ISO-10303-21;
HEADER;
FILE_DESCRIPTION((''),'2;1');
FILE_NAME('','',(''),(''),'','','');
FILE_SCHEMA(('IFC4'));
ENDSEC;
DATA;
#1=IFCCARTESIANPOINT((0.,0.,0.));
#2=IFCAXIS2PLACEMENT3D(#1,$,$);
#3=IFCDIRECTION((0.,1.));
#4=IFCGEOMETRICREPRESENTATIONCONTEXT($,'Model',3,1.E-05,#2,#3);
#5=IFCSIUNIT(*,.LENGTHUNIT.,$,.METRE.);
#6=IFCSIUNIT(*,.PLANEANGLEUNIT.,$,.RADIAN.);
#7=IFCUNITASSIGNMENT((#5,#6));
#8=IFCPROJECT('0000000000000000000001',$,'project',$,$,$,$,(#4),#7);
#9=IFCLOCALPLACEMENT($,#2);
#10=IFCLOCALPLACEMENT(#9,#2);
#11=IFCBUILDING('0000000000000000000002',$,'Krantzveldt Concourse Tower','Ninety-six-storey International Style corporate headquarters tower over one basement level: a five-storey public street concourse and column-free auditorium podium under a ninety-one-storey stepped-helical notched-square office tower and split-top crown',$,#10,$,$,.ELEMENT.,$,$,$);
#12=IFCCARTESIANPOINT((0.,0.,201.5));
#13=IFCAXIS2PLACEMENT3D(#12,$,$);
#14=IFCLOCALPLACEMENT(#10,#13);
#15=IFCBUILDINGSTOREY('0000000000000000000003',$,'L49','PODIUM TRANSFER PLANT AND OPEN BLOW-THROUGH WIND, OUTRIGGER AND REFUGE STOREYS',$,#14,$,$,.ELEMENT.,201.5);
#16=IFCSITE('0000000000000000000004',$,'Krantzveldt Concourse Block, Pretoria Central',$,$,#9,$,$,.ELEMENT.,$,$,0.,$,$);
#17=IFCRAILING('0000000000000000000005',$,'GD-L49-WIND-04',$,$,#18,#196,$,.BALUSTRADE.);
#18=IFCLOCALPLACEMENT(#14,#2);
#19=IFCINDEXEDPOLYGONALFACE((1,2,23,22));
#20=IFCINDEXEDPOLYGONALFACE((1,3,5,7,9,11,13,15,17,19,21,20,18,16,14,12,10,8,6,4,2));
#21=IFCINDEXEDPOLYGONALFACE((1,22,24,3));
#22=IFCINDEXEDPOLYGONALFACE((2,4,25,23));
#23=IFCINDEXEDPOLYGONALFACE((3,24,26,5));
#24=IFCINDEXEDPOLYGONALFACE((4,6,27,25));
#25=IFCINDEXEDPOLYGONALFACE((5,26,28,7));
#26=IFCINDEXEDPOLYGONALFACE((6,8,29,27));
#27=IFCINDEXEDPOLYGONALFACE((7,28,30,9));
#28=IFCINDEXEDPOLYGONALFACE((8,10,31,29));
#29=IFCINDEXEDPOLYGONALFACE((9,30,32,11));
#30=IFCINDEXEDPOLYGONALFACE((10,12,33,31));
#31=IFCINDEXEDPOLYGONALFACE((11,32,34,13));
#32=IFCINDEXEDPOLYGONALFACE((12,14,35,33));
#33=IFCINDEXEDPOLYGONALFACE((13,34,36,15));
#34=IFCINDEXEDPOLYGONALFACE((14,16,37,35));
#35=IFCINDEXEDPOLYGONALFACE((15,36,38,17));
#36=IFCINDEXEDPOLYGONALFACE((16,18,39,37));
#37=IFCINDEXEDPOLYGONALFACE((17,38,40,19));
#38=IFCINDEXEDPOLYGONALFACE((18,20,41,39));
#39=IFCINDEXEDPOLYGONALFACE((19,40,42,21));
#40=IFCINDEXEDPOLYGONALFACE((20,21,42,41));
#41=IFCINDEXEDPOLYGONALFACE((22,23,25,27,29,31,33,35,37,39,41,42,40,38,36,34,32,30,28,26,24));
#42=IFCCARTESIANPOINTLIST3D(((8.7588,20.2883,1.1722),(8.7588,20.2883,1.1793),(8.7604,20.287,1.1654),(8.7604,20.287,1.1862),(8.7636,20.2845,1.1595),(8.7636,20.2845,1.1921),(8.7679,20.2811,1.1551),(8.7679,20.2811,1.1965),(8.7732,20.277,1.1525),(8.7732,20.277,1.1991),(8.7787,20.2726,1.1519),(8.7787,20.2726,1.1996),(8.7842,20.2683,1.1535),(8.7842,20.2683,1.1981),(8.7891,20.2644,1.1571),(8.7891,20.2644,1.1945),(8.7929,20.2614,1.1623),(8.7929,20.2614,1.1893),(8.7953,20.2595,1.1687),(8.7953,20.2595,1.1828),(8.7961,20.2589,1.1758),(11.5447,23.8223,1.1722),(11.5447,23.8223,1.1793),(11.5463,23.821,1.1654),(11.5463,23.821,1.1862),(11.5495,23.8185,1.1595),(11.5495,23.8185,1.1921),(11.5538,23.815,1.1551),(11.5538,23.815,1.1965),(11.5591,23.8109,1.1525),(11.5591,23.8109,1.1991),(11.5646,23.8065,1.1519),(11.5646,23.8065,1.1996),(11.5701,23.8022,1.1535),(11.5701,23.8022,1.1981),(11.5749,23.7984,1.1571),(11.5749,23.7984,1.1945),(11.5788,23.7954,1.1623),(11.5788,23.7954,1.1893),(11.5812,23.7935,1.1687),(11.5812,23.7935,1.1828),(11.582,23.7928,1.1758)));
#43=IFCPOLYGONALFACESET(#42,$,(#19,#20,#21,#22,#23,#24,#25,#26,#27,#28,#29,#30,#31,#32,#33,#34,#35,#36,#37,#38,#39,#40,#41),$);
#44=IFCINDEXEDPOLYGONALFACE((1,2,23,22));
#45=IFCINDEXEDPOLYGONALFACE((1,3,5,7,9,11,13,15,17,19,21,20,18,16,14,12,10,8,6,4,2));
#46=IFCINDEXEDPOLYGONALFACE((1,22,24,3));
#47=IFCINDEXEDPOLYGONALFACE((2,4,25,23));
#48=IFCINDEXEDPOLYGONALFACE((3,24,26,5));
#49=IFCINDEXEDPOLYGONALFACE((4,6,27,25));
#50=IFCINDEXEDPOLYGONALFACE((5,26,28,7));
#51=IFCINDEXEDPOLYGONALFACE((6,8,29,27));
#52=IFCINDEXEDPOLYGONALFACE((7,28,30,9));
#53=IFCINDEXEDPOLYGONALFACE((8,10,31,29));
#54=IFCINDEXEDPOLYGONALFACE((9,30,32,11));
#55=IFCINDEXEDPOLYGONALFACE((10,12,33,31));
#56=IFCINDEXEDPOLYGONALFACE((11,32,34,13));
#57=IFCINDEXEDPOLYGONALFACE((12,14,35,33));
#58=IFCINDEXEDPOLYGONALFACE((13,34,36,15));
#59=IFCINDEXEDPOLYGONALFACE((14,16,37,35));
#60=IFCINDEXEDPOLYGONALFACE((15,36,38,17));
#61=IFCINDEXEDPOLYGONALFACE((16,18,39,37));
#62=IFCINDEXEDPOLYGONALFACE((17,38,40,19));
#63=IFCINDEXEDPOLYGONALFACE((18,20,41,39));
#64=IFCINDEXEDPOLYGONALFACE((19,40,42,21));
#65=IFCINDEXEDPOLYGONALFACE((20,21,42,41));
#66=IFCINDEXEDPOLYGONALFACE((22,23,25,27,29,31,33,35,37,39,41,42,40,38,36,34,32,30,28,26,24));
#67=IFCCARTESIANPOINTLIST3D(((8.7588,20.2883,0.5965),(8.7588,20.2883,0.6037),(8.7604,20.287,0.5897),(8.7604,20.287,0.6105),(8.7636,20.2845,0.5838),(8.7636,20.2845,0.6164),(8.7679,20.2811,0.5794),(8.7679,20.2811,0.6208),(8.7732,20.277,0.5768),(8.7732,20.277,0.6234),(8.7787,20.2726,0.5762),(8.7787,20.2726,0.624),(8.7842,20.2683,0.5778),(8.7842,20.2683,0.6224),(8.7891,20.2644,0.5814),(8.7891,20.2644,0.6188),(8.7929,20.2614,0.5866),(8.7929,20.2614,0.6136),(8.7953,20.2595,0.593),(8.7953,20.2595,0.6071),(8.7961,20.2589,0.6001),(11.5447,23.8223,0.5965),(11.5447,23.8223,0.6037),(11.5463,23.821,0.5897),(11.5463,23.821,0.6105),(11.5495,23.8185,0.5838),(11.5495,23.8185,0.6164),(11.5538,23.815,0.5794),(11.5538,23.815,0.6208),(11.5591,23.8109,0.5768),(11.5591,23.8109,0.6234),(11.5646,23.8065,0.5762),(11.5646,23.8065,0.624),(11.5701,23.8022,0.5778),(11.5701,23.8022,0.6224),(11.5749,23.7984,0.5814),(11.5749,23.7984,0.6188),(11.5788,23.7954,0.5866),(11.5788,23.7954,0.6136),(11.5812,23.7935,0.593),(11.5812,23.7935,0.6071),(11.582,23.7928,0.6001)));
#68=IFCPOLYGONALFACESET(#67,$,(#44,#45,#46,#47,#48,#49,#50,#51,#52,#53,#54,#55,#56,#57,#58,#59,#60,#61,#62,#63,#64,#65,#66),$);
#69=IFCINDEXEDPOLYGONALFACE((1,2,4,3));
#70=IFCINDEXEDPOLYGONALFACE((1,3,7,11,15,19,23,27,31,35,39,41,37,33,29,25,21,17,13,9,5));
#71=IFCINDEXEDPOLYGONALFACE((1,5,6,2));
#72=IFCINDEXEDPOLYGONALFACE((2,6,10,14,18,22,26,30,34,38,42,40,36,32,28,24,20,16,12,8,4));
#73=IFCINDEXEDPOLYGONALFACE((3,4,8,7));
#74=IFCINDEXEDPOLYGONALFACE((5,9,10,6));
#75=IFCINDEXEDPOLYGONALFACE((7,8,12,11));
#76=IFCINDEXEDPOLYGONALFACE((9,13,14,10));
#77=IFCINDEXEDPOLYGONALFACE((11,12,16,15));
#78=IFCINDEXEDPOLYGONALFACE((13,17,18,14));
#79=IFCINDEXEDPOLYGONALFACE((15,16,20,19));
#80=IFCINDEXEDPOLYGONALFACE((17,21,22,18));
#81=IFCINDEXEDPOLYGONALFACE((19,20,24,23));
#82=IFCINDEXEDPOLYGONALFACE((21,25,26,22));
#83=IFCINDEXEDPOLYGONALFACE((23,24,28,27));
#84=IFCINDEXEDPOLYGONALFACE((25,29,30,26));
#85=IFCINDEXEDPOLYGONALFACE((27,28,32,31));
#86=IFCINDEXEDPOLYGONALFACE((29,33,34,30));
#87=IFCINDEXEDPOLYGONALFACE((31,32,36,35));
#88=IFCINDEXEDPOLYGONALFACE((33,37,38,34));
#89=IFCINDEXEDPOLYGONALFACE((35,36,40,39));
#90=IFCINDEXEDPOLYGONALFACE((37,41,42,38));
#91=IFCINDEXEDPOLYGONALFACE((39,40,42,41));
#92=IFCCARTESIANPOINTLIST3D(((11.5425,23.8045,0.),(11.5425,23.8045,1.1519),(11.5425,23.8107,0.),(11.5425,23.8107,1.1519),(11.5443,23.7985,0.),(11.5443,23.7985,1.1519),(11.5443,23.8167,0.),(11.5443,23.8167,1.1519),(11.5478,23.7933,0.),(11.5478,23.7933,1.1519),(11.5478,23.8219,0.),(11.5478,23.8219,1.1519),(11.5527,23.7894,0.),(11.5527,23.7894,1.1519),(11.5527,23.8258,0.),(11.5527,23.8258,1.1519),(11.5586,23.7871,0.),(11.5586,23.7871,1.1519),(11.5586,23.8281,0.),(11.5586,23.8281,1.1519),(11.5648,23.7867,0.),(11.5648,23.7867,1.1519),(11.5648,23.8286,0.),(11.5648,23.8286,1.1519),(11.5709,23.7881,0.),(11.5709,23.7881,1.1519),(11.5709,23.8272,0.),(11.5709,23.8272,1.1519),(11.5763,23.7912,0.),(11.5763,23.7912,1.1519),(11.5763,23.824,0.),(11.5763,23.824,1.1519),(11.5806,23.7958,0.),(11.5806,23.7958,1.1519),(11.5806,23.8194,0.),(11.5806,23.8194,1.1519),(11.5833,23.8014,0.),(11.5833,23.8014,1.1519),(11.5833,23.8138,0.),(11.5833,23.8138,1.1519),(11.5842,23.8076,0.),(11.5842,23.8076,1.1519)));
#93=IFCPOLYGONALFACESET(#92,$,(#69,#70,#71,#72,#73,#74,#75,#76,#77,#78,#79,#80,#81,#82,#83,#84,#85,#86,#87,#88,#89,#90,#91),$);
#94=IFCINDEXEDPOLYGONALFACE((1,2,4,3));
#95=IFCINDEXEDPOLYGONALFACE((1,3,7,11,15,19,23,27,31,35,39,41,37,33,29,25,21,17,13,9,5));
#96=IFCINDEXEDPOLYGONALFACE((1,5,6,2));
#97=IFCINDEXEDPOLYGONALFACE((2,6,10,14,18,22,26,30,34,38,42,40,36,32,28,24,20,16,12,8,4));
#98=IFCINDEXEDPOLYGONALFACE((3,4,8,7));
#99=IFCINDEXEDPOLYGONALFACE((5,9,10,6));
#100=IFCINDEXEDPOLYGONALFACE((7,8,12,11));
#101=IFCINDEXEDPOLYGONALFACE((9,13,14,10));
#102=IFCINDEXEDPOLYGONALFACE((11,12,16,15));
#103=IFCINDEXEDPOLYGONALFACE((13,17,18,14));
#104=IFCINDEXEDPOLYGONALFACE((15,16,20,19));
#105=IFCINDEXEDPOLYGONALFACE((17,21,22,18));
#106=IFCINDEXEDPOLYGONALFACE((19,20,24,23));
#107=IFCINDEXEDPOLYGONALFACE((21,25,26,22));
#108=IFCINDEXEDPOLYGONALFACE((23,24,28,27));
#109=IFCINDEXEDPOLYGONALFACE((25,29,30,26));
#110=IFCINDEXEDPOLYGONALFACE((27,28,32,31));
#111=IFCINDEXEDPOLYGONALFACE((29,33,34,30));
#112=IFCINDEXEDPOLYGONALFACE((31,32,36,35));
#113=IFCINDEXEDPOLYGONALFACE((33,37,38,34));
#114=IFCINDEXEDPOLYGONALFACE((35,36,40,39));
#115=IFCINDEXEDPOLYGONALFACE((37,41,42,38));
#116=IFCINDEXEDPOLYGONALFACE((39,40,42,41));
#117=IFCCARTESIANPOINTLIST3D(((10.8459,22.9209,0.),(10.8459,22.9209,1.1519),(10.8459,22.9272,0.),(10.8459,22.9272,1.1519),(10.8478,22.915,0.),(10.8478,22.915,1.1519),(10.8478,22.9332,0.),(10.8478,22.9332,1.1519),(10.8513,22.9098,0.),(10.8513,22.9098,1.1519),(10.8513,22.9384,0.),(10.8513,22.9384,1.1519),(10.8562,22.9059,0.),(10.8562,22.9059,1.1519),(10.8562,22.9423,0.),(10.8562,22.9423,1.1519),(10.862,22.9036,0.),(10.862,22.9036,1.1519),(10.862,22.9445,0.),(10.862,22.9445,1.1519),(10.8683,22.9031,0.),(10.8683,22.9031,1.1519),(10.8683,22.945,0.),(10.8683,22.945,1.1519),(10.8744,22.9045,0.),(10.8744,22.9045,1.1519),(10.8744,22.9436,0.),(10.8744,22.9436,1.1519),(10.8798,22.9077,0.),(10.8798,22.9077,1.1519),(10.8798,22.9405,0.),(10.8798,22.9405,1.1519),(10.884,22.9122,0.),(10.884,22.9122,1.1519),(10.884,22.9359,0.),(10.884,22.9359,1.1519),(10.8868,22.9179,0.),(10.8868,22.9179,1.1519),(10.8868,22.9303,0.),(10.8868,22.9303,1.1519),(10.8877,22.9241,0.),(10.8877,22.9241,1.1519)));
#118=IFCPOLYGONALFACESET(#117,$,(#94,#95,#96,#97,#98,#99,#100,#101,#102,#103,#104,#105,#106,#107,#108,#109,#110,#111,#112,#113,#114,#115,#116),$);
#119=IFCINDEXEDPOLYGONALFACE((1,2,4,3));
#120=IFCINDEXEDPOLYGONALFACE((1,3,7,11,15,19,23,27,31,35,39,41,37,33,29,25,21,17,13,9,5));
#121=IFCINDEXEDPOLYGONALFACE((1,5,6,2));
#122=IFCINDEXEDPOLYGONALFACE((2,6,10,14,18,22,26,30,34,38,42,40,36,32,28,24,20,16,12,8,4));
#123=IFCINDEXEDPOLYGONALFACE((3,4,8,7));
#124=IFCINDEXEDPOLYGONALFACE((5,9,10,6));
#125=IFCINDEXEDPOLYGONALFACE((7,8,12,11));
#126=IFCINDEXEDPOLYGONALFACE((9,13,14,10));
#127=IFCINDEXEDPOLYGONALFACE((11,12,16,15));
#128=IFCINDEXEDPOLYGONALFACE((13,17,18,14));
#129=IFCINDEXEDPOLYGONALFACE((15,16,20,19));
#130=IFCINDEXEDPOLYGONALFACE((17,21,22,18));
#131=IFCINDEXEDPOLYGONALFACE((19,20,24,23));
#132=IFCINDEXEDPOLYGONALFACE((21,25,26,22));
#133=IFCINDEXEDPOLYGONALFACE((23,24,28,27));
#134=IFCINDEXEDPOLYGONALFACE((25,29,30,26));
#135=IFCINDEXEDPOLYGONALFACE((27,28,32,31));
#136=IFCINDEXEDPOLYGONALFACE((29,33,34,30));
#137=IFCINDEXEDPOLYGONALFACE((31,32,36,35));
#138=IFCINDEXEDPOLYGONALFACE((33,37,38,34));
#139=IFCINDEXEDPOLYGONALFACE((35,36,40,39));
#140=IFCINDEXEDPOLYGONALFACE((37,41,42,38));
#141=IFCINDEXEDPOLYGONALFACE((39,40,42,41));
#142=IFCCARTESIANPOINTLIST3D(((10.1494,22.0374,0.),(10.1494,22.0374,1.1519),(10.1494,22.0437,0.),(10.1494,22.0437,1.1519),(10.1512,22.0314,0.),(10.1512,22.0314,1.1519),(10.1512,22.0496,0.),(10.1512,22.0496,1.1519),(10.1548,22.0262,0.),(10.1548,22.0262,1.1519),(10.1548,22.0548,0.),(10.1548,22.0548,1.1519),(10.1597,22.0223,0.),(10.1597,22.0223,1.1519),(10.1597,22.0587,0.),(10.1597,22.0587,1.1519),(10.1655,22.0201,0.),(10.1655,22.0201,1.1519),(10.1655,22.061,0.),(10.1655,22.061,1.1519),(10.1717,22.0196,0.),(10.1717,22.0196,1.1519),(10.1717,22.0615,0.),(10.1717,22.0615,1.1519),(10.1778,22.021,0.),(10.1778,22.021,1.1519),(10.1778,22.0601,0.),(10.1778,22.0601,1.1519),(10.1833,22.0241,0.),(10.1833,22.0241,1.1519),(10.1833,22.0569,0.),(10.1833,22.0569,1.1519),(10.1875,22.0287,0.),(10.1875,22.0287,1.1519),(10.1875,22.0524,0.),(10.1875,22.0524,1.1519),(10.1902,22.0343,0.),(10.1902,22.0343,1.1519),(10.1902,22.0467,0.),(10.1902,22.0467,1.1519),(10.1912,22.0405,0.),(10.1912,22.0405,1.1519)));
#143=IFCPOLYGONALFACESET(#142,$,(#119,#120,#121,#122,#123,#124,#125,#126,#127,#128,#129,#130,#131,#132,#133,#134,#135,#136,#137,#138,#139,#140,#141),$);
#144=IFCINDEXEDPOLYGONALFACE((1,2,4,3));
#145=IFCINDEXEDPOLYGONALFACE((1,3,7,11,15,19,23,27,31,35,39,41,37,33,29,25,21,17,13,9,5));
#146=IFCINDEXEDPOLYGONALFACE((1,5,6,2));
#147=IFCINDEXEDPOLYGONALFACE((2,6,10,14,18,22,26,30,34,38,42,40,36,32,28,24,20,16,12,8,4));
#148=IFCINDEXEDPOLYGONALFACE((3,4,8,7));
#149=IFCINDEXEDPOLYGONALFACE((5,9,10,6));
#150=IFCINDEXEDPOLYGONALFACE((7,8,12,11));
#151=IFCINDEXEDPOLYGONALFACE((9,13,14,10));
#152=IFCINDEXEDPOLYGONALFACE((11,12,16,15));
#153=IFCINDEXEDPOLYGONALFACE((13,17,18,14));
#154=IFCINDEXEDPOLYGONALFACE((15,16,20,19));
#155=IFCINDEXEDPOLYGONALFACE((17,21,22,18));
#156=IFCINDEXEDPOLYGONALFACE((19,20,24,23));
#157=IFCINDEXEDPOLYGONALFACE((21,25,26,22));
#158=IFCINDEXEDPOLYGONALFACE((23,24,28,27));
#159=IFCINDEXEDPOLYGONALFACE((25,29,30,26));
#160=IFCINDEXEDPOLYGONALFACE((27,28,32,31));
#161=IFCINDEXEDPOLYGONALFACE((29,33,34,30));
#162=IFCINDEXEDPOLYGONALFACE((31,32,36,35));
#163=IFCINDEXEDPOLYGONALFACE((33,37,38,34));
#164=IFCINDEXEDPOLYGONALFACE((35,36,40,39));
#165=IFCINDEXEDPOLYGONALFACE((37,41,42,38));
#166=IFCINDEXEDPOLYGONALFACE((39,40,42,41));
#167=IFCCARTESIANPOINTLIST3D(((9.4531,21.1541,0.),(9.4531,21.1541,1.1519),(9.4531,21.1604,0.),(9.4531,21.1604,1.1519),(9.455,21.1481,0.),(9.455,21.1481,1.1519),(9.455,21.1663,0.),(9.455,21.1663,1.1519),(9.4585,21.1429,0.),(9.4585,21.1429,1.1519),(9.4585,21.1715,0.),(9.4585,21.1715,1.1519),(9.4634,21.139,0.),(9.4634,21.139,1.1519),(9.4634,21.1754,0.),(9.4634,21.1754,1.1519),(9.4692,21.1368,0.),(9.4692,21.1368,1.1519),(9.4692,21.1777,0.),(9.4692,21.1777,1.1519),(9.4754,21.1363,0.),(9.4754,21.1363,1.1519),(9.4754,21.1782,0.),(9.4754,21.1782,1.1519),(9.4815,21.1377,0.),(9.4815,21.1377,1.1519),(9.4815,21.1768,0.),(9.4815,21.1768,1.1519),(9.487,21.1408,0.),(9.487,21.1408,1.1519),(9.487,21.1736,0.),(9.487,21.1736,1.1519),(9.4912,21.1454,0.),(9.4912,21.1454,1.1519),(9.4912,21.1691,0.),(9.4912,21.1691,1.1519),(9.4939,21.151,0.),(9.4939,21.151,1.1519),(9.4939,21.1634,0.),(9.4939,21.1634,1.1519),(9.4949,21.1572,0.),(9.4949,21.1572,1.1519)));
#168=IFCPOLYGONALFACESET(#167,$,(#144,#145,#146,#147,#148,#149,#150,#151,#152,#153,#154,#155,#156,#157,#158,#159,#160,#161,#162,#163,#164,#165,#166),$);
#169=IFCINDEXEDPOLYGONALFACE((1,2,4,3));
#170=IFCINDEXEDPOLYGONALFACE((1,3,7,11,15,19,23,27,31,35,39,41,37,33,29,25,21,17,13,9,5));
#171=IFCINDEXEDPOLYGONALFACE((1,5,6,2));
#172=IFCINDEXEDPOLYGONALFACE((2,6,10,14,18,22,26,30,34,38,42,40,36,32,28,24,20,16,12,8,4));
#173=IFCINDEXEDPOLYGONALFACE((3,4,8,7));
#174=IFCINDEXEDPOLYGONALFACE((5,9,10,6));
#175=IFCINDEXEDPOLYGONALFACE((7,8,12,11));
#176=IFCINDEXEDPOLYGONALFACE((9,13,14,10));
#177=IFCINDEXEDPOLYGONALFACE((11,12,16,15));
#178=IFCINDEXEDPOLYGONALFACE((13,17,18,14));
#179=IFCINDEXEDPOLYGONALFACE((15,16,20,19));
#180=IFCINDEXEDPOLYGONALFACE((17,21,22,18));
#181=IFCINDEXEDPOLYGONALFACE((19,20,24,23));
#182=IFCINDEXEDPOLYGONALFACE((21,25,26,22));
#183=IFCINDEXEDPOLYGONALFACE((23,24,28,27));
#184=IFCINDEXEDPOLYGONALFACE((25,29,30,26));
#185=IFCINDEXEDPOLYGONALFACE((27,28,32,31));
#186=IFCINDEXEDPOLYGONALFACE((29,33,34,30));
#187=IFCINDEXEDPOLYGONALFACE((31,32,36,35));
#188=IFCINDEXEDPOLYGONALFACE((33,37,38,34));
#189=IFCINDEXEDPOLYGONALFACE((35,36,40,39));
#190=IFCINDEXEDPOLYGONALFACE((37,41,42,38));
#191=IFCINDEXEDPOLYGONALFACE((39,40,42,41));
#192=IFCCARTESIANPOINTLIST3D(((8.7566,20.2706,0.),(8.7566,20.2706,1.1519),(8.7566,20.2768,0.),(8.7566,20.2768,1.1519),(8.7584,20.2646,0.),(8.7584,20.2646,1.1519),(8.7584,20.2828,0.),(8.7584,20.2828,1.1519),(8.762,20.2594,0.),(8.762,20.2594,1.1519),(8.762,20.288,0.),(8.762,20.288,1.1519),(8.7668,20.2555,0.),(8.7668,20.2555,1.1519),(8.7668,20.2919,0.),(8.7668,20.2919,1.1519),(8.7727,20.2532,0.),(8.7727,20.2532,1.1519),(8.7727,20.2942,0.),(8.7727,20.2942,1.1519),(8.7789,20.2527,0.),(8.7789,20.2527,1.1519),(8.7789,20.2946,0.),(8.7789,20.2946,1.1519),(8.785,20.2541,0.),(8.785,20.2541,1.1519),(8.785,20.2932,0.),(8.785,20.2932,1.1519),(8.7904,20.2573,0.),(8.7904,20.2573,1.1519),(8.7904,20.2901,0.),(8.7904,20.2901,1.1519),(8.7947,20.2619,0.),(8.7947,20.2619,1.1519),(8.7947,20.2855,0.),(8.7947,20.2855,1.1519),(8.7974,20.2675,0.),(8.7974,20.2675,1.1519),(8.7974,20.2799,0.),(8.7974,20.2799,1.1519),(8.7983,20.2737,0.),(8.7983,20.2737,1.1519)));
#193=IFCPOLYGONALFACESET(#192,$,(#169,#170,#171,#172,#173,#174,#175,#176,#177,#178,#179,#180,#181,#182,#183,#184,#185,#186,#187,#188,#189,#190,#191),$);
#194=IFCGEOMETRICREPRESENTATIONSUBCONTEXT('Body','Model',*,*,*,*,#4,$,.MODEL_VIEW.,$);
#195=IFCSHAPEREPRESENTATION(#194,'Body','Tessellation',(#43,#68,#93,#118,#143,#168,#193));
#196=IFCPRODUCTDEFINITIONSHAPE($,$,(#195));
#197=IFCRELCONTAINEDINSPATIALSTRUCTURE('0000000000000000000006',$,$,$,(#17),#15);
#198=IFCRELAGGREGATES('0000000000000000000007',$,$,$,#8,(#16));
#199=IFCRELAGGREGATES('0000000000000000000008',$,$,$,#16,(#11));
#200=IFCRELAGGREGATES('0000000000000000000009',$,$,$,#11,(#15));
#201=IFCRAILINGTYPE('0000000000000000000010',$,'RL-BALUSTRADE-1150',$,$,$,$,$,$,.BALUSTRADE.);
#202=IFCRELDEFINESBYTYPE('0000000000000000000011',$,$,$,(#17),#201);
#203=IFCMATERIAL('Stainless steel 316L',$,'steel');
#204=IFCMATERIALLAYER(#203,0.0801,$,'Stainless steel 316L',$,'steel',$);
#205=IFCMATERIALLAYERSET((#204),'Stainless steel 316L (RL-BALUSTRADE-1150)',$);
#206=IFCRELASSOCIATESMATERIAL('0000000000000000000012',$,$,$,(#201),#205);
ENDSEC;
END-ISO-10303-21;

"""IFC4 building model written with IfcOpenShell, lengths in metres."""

from ifc_helpers import new_model, si_unit, direction, frame, origin, origin_2d, place, context, subcontext, project, spatial, circle, extrude, material, layer, layer_set, type_object, element, save


model = new_model("IFC4")

# Units and contexts
model_context = context("Model", 3, precision=1e-05, world=origin(), true_north=direction((0.0, 1.0)))
body_context = subcontext(model_context, "Body", "Model", "MODEL_VIEW")
ifc_project = project(units=[si_unit("LENGTHUNIT", "METRE"), si_unit("PLANEANGLEUNIT", "RADIAN")], contexts=[model_context])

# Site, building, storey
site_placement = place(None, origin())
site = spatial("IfcSite", under=ifc_project, at=site_placement, Name="Krantzveldt Concourse Block, Pretoria Central", CompositionType="ELEMENT", RefElevation=0.0)
building_placement = place(site_placement, origin())
building = spatial("IfcBuilding", under=site, at=building_placement, Name="Krantzveldt Concourse Tower", Description="Ninety-six-storey International Style corporate headquarters tower over one basement level: a five-storey public street concourse and column-free auditorium podium under a ninety-one-storey stepped-helical notched-square office tower and split-top crown", CompositionType="ELEMENT")
storey_placement = place(building_placement, frame((0.0, 0.0, 201.5)))
storey = spatial("IfcBuildingStorey", under=building, at=storey_placement, Name="L49", Description="PODIUM TRANSFER PLANT AND OPEN BLOW-THROUGH WIND, OUTRIGGER AND REFUGE STOREYS", CompositionType="ELEMENT", Elevation=201.5)

# Railing
ifc_material_1 = material(Name="Stainless steel 316L", Category="steel")
ifc_layer_1 = layer(ifc_material_1, 0.0801, Name="Stainless steel 316L", Category="steel")
ifc_layer_set_1 = layer_set([ifc_layer_1], Name="Stainless steel 316L (RL-BALUSTRADE-1150)")
railing_type = type_object("IfcRailingType", Name="RL-BALUSTRADE-1150", PredefinedType="BALUSTRADE", material=ifc_layer_set_1)
railing_1_placement = place(storey_placement, frame((11.5632, 23.8076, 0.0)))
element("IfcRailing", 1, at=railing_1_placement, inside=storey, type_object=railing_type, Name="GD-L49-WIND-04", PredefinedType="BALUSTRADE", context=body_context, shape_type="SweptSolid", body=[
    extrude(circle(Radius=0.0239, at=origin_2d()), frame((0.0, 0.0, 1.1758), z_axis=(-0.619088, -0.785321, 0.0), x_axis=(0.785321, -0.619088, 0.0)), (0.0, 0.0, 1.0), 4.5),
    extrude(circle(Radius=0.0239, at=origin_2d()), frame((0.0, 0.0, 0.6001), z_axis=(-0.619088, -0.785321, 0.0), x_axis=(0.785321, -0.619088, 0.0)), (0.0, 0.0, 1.0), 4.5),
    extrude(circle(Radius=0.021, at=origin_2d()), origin(), (0.0, 0.0, 1.0), 1.1519),
    extrude(circle(Radius=0.021, at=origin_2d()), frame((-0.6965, -0.8835, 0.0)), (0.0, 0.0, 1.0), 1.1519),
    extrude(circle(Radius=0.021, at=origin_2d()), frame((-1.3931, -1.7671, 0.0)), (0.0, 0.0, 1.0), 1.1519),
    extrude(circle(Radius=0.021, at=origin_2d()), frame((-2.0894, -2.6504, 0.0)), (0.0, 0.0, 1.0), 1.1519),
    extrude(circle(Radius=0.021, at=origin_2d()), frame((-2.7859, -3.5339, 0.0)), (0.0, 0.0, 1.0), 1.1519),
])

save(model, "model.ifc")
